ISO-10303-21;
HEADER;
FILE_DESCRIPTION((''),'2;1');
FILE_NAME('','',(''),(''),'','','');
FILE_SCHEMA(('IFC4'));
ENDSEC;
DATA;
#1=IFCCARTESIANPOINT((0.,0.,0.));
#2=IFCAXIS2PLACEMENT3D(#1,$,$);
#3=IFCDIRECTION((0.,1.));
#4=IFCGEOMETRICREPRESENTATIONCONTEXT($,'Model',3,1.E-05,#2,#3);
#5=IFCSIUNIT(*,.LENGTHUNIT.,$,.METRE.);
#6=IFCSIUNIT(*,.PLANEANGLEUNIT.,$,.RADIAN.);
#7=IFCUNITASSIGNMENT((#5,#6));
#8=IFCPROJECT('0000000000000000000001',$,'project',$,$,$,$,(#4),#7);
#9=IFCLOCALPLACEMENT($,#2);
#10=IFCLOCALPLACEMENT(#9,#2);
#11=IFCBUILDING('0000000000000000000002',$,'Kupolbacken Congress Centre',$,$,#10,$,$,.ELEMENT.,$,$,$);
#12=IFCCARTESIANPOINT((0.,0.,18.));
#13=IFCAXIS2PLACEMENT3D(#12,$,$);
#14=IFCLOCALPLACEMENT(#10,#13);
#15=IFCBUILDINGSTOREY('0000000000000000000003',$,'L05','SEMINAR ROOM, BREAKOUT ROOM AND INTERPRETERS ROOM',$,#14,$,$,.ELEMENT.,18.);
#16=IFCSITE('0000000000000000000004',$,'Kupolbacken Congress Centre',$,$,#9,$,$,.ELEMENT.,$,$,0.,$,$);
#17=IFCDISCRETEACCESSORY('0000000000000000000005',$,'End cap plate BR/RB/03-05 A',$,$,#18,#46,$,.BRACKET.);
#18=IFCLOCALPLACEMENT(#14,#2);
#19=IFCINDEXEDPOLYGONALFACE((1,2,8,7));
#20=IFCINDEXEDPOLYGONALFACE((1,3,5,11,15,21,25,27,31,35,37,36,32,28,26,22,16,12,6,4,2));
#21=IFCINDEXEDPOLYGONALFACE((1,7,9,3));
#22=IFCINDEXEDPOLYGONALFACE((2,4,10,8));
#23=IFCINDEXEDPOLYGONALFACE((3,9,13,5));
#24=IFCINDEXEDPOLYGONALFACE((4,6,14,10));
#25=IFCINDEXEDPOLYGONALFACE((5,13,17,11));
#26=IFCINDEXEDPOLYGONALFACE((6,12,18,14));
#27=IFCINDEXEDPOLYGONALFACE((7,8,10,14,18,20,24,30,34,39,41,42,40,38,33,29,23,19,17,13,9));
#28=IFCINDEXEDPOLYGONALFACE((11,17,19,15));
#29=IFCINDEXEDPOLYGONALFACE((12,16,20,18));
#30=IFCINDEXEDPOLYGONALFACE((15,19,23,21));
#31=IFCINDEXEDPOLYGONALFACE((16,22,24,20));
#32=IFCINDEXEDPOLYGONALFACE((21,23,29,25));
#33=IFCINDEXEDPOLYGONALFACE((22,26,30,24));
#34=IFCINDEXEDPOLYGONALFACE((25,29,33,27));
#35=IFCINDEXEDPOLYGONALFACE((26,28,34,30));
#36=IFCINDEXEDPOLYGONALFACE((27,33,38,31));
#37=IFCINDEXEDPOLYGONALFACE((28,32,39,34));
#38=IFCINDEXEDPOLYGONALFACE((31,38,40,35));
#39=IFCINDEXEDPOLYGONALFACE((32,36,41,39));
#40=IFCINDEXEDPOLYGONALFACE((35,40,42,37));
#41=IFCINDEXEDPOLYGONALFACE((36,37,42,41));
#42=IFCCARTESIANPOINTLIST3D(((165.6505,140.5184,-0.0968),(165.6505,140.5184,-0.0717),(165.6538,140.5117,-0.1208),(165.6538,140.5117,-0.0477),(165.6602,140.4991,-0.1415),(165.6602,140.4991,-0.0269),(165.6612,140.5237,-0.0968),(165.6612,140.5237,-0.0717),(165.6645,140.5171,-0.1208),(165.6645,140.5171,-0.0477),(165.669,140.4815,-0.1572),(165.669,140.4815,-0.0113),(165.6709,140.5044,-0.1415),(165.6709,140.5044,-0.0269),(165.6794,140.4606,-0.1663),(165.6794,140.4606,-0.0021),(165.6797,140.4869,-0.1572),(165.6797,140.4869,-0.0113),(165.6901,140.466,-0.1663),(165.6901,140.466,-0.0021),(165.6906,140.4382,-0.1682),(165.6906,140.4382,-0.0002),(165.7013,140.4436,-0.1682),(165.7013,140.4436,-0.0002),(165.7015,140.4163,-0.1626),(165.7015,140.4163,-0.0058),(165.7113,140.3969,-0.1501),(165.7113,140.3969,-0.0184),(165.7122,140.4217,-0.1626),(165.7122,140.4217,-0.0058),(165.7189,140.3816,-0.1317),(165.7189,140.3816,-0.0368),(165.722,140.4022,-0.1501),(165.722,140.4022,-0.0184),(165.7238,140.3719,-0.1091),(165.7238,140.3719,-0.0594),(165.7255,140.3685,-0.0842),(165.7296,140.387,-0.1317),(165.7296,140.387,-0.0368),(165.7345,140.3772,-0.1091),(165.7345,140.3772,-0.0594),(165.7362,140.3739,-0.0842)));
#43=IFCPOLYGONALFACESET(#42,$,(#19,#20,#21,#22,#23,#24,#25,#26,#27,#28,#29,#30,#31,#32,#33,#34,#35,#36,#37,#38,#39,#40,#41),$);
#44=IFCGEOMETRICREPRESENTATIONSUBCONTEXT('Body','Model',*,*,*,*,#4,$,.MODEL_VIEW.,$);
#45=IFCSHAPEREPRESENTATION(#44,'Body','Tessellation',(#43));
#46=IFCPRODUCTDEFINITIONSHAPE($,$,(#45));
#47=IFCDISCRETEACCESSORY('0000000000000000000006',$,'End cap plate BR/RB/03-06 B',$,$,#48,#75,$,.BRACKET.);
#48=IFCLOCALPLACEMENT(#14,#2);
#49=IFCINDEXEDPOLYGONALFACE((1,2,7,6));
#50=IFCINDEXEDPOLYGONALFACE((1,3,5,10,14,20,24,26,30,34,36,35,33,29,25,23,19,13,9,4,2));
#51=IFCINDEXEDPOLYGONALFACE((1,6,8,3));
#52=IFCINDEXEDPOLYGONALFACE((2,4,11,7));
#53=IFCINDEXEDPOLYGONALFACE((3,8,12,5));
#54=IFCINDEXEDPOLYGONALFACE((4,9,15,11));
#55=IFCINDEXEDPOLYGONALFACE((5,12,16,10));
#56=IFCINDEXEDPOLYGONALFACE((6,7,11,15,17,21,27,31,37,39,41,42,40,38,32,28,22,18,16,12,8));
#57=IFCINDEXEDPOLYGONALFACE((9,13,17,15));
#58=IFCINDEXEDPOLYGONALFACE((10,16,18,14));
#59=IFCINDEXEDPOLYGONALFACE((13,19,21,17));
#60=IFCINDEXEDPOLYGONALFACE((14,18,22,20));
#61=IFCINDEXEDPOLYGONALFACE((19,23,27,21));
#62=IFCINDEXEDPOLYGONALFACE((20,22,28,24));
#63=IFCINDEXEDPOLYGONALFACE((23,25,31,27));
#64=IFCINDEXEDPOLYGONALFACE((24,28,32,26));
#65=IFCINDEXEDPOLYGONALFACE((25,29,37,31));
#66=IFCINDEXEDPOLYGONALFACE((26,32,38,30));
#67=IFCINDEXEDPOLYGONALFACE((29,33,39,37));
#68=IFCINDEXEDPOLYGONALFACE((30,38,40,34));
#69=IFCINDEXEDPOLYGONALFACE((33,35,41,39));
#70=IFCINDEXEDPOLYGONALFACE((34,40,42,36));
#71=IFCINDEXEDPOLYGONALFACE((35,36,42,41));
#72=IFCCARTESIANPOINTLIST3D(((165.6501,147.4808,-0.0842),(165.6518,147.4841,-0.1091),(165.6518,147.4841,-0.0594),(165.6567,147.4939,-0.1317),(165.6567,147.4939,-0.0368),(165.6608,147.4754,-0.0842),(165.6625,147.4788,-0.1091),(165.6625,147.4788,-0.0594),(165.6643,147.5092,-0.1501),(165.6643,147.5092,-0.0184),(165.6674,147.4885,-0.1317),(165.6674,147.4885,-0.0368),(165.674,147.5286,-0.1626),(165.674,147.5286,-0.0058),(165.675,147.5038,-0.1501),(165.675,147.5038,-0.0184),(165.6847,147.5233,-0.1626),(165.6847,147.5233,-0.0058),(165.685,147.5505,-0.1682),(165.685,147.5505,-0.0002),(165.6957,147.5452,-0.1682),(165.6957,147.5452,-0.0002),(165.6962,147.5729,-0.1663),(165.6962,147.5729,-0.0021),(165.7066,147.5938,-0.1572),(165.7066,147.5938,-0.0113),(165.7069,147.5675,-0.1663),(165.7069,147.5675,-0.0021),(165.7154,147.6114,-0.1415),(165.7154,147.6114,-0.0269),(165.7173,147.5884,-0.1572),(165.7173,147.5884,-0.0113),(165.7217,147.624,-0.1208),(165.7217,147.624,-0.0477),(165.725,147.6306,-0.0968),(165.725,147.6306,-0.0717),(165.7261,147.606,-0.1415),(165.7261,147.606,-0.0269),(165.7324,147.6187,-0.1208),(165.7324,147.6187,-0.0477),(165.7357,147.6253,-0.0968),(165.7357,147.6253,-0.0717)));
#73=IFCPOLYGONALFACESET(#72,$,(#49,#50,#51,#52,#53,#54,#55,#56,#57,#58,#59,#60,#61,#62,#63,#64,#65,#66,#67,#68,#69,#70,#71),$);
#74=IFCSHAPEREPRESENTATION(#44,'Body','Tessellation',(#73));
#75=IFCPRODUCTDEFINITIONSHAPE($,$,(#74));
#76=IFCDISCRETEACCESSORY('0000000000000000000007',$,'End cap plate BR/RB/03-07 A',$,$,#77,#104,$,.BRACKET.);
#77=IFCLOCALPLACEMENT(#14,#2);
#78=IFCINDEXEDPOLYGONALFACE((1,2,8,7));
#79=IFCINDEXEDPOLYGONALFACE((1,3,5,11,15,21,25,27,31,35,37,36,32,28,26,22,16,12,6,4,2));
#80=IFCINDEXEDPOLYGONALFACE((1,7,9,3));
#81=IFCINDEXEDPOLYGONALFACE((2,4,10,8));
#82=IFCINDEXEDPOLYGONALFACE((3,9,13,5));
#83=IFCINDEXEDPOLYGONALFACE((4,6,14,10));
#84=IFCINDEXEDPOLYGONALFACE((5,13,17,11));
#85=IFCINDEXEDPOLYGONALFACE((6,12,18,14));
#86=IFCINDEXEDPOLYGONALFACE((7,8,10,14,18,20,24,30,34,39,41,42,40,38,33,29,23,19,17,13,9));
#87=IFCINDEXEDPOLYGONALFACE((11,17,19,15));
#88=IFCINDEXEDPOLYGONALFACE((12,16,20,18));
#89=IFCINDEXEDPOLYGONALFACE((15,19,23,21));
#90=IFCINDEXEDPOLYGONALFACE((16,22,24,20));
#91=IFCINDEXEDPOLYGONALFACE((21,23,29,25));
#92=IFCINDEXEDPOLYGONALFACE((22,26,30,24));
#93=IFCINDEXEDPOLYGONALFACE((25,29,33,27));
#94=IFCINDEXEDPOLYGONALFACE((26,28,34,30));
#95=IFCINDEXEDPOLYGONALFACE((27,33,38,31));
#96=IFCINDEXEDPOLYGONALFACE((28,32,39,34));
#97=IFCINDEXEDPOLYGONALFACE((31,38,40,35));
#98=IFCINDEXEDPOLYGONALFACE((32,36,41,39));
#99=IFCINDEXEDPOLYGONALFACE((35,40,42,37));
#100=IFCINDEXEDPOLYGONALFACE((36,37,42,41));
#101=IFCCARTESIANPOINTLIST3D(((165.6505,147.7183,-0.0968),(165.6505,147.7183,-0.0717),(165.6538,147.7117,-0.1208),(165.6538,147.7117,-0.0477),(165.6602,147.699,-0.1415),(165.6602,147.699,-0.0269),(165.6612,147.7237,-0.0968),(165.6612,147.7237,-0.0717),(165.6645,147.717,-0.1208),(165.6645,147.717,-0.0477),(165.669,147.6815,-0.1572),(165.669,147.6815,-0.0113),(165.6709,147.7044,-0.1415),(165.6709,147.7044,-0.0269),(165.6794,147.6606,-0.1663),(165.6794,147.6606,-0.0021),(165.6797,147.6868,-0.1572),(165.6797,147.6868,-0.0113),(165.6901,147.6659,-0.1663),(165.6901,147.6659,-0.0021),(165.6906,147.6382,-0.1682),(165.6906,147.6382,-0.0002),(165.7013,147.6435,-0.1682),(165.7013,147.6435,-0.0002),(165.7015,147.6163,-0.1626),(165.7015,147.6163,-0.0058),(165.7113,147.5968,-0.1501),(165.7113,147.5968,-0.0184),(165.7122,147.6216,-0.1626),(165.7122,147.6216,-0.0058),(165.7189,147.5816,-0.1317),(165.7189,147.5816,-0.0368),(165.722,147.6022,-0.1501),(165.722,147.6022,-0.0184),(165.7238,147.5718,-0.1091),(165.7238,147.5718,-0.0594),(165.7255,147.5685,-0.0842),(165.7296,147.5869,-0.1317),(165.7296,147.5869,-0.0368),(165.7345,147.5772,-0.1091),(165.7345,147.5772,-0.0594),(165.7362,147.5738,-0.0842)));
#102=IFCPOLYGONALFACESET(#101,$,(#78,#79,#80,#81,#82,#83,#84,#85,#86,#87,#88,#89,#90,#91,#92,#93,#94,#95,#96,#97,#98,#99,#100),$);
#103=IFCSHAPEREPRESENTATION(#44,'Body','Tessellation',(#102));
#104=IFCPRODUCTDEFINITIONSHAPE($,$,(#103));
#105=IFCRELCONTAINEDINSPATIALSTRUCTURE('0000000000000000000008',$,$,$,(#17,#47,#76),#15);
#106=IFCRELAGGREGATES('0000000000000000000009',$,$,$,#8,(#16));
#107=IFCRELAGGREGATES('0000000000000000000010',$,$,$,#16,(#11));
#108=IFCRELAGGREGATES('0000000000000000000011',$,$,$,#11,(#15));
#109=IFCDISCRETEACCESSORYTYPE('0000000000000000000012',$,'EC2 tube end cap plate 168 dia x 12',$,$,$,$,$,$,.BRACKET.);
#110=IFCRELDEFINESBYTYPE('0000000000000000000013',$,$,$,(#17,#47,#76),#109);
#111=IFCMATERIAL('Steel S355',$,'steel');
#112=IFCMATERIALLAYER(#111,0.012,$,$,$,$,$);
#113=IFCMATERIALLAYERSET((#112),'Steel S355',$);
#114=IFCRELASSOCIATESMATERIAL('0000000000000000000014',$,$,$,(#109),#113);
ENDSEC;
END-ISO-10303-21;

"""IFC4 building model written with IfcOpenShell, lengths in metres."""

from ifc_helpers import new_model, si_unit, direction, frame, origin, origin_2d, place, context, subcontext, project, spatial, circle, extrude, material, layer, layer_set, type_object, element, save


model = new_model("IFC4")

# Units and contexts
model_context = context("Model", 3, precision=1e-05, world=origin(), true_north=direction((0.0, 1.0)))
body_context = subcontext(model_context, "Body", "Model", "MODEL_VIEW")
ifc_project = project(units=[si_unit("LENGTHUNIT", "METRE"), si_unit("PLANEANGLEUNIT", "RADIAN")], contexts=[model_context])

# Site, building, storey
site_placement = place(None, origin())
site = spatial("IfcSite", under=ifc_project, at=site_placement, Name="Kupolbacken Congress Centre", CompositionType="ELEMENT", RefElevation=0.0)
building_placement = place(site_placement, origin())
building = spatial("IfcBuilding", under=site, at=building_placement, Name="Kupolbacken Congress Centre", CompositionType="ELEMENT")
storey_placement = place(building_placement, frame((0.0, 0.0, 18.0)))
storey = spatial("IfcBuildingStorey", under=building, at=storey_placement, Name="L05", Description="SEMINAR ROOM, BREAKOUT ROOM AND INTERPRETERS ROOM", CompositionType="ELEMENT", Elevation=18.0)

# Discrete accessories
ifc_material_1 = material(Name="Steel S355", Category="steel")
ifc_layer_1 = layer(ifc_material_1, 0.012)
ifc_layer_set_1 = layer_set([ifc_layer_1], Name="Steel S355")
discrete_accessory_type = type_object("IfcDiscreteAccessoryType", Name="EC2 tube end cap plate 168 dia x 12", PredefinedType="BRACKET", material=ifc_layer_set_1)
for number, where, z_axis, x_axis, name in (
    (1, (165.6985, 140.4492, -0.0842), (-0.894427, -0.447214, 0.0), (0.447214, -0.894427, 0.0), "End cap plate BR/RB/03-05 A"),
    (2, (165.6985, 147.5508, -0.0842), (-0.894427, 0.447214, 0.0), (-0.447214, -0.894427, 0.0), "End cap plate BR/RB/03-06 B"),
    (3, (165.6985, 147.6492, -0.0842), (-0.894427, -0.447214, 0.0), (0.447214, -0.894427, 0.0), "End cap plate BR/RB/03-07 A"),
):
    element("IfcDiscreteAccessory", number, at=place(storey_placement, frame(where, z_axis=z_axis, x_axis=x_axis)), inside=storey, type_object=discrete_accessory_type, Name=name, PredefinedType="BRACKET", context=body_context, shape_type="SweptSolid", body=[
        extrude(circle(Radius=0.0842, at=origin_2d()), origin(), (0.0, 0.0, 1.0), 0.012),
    ])

save(model, "model.ifc")
